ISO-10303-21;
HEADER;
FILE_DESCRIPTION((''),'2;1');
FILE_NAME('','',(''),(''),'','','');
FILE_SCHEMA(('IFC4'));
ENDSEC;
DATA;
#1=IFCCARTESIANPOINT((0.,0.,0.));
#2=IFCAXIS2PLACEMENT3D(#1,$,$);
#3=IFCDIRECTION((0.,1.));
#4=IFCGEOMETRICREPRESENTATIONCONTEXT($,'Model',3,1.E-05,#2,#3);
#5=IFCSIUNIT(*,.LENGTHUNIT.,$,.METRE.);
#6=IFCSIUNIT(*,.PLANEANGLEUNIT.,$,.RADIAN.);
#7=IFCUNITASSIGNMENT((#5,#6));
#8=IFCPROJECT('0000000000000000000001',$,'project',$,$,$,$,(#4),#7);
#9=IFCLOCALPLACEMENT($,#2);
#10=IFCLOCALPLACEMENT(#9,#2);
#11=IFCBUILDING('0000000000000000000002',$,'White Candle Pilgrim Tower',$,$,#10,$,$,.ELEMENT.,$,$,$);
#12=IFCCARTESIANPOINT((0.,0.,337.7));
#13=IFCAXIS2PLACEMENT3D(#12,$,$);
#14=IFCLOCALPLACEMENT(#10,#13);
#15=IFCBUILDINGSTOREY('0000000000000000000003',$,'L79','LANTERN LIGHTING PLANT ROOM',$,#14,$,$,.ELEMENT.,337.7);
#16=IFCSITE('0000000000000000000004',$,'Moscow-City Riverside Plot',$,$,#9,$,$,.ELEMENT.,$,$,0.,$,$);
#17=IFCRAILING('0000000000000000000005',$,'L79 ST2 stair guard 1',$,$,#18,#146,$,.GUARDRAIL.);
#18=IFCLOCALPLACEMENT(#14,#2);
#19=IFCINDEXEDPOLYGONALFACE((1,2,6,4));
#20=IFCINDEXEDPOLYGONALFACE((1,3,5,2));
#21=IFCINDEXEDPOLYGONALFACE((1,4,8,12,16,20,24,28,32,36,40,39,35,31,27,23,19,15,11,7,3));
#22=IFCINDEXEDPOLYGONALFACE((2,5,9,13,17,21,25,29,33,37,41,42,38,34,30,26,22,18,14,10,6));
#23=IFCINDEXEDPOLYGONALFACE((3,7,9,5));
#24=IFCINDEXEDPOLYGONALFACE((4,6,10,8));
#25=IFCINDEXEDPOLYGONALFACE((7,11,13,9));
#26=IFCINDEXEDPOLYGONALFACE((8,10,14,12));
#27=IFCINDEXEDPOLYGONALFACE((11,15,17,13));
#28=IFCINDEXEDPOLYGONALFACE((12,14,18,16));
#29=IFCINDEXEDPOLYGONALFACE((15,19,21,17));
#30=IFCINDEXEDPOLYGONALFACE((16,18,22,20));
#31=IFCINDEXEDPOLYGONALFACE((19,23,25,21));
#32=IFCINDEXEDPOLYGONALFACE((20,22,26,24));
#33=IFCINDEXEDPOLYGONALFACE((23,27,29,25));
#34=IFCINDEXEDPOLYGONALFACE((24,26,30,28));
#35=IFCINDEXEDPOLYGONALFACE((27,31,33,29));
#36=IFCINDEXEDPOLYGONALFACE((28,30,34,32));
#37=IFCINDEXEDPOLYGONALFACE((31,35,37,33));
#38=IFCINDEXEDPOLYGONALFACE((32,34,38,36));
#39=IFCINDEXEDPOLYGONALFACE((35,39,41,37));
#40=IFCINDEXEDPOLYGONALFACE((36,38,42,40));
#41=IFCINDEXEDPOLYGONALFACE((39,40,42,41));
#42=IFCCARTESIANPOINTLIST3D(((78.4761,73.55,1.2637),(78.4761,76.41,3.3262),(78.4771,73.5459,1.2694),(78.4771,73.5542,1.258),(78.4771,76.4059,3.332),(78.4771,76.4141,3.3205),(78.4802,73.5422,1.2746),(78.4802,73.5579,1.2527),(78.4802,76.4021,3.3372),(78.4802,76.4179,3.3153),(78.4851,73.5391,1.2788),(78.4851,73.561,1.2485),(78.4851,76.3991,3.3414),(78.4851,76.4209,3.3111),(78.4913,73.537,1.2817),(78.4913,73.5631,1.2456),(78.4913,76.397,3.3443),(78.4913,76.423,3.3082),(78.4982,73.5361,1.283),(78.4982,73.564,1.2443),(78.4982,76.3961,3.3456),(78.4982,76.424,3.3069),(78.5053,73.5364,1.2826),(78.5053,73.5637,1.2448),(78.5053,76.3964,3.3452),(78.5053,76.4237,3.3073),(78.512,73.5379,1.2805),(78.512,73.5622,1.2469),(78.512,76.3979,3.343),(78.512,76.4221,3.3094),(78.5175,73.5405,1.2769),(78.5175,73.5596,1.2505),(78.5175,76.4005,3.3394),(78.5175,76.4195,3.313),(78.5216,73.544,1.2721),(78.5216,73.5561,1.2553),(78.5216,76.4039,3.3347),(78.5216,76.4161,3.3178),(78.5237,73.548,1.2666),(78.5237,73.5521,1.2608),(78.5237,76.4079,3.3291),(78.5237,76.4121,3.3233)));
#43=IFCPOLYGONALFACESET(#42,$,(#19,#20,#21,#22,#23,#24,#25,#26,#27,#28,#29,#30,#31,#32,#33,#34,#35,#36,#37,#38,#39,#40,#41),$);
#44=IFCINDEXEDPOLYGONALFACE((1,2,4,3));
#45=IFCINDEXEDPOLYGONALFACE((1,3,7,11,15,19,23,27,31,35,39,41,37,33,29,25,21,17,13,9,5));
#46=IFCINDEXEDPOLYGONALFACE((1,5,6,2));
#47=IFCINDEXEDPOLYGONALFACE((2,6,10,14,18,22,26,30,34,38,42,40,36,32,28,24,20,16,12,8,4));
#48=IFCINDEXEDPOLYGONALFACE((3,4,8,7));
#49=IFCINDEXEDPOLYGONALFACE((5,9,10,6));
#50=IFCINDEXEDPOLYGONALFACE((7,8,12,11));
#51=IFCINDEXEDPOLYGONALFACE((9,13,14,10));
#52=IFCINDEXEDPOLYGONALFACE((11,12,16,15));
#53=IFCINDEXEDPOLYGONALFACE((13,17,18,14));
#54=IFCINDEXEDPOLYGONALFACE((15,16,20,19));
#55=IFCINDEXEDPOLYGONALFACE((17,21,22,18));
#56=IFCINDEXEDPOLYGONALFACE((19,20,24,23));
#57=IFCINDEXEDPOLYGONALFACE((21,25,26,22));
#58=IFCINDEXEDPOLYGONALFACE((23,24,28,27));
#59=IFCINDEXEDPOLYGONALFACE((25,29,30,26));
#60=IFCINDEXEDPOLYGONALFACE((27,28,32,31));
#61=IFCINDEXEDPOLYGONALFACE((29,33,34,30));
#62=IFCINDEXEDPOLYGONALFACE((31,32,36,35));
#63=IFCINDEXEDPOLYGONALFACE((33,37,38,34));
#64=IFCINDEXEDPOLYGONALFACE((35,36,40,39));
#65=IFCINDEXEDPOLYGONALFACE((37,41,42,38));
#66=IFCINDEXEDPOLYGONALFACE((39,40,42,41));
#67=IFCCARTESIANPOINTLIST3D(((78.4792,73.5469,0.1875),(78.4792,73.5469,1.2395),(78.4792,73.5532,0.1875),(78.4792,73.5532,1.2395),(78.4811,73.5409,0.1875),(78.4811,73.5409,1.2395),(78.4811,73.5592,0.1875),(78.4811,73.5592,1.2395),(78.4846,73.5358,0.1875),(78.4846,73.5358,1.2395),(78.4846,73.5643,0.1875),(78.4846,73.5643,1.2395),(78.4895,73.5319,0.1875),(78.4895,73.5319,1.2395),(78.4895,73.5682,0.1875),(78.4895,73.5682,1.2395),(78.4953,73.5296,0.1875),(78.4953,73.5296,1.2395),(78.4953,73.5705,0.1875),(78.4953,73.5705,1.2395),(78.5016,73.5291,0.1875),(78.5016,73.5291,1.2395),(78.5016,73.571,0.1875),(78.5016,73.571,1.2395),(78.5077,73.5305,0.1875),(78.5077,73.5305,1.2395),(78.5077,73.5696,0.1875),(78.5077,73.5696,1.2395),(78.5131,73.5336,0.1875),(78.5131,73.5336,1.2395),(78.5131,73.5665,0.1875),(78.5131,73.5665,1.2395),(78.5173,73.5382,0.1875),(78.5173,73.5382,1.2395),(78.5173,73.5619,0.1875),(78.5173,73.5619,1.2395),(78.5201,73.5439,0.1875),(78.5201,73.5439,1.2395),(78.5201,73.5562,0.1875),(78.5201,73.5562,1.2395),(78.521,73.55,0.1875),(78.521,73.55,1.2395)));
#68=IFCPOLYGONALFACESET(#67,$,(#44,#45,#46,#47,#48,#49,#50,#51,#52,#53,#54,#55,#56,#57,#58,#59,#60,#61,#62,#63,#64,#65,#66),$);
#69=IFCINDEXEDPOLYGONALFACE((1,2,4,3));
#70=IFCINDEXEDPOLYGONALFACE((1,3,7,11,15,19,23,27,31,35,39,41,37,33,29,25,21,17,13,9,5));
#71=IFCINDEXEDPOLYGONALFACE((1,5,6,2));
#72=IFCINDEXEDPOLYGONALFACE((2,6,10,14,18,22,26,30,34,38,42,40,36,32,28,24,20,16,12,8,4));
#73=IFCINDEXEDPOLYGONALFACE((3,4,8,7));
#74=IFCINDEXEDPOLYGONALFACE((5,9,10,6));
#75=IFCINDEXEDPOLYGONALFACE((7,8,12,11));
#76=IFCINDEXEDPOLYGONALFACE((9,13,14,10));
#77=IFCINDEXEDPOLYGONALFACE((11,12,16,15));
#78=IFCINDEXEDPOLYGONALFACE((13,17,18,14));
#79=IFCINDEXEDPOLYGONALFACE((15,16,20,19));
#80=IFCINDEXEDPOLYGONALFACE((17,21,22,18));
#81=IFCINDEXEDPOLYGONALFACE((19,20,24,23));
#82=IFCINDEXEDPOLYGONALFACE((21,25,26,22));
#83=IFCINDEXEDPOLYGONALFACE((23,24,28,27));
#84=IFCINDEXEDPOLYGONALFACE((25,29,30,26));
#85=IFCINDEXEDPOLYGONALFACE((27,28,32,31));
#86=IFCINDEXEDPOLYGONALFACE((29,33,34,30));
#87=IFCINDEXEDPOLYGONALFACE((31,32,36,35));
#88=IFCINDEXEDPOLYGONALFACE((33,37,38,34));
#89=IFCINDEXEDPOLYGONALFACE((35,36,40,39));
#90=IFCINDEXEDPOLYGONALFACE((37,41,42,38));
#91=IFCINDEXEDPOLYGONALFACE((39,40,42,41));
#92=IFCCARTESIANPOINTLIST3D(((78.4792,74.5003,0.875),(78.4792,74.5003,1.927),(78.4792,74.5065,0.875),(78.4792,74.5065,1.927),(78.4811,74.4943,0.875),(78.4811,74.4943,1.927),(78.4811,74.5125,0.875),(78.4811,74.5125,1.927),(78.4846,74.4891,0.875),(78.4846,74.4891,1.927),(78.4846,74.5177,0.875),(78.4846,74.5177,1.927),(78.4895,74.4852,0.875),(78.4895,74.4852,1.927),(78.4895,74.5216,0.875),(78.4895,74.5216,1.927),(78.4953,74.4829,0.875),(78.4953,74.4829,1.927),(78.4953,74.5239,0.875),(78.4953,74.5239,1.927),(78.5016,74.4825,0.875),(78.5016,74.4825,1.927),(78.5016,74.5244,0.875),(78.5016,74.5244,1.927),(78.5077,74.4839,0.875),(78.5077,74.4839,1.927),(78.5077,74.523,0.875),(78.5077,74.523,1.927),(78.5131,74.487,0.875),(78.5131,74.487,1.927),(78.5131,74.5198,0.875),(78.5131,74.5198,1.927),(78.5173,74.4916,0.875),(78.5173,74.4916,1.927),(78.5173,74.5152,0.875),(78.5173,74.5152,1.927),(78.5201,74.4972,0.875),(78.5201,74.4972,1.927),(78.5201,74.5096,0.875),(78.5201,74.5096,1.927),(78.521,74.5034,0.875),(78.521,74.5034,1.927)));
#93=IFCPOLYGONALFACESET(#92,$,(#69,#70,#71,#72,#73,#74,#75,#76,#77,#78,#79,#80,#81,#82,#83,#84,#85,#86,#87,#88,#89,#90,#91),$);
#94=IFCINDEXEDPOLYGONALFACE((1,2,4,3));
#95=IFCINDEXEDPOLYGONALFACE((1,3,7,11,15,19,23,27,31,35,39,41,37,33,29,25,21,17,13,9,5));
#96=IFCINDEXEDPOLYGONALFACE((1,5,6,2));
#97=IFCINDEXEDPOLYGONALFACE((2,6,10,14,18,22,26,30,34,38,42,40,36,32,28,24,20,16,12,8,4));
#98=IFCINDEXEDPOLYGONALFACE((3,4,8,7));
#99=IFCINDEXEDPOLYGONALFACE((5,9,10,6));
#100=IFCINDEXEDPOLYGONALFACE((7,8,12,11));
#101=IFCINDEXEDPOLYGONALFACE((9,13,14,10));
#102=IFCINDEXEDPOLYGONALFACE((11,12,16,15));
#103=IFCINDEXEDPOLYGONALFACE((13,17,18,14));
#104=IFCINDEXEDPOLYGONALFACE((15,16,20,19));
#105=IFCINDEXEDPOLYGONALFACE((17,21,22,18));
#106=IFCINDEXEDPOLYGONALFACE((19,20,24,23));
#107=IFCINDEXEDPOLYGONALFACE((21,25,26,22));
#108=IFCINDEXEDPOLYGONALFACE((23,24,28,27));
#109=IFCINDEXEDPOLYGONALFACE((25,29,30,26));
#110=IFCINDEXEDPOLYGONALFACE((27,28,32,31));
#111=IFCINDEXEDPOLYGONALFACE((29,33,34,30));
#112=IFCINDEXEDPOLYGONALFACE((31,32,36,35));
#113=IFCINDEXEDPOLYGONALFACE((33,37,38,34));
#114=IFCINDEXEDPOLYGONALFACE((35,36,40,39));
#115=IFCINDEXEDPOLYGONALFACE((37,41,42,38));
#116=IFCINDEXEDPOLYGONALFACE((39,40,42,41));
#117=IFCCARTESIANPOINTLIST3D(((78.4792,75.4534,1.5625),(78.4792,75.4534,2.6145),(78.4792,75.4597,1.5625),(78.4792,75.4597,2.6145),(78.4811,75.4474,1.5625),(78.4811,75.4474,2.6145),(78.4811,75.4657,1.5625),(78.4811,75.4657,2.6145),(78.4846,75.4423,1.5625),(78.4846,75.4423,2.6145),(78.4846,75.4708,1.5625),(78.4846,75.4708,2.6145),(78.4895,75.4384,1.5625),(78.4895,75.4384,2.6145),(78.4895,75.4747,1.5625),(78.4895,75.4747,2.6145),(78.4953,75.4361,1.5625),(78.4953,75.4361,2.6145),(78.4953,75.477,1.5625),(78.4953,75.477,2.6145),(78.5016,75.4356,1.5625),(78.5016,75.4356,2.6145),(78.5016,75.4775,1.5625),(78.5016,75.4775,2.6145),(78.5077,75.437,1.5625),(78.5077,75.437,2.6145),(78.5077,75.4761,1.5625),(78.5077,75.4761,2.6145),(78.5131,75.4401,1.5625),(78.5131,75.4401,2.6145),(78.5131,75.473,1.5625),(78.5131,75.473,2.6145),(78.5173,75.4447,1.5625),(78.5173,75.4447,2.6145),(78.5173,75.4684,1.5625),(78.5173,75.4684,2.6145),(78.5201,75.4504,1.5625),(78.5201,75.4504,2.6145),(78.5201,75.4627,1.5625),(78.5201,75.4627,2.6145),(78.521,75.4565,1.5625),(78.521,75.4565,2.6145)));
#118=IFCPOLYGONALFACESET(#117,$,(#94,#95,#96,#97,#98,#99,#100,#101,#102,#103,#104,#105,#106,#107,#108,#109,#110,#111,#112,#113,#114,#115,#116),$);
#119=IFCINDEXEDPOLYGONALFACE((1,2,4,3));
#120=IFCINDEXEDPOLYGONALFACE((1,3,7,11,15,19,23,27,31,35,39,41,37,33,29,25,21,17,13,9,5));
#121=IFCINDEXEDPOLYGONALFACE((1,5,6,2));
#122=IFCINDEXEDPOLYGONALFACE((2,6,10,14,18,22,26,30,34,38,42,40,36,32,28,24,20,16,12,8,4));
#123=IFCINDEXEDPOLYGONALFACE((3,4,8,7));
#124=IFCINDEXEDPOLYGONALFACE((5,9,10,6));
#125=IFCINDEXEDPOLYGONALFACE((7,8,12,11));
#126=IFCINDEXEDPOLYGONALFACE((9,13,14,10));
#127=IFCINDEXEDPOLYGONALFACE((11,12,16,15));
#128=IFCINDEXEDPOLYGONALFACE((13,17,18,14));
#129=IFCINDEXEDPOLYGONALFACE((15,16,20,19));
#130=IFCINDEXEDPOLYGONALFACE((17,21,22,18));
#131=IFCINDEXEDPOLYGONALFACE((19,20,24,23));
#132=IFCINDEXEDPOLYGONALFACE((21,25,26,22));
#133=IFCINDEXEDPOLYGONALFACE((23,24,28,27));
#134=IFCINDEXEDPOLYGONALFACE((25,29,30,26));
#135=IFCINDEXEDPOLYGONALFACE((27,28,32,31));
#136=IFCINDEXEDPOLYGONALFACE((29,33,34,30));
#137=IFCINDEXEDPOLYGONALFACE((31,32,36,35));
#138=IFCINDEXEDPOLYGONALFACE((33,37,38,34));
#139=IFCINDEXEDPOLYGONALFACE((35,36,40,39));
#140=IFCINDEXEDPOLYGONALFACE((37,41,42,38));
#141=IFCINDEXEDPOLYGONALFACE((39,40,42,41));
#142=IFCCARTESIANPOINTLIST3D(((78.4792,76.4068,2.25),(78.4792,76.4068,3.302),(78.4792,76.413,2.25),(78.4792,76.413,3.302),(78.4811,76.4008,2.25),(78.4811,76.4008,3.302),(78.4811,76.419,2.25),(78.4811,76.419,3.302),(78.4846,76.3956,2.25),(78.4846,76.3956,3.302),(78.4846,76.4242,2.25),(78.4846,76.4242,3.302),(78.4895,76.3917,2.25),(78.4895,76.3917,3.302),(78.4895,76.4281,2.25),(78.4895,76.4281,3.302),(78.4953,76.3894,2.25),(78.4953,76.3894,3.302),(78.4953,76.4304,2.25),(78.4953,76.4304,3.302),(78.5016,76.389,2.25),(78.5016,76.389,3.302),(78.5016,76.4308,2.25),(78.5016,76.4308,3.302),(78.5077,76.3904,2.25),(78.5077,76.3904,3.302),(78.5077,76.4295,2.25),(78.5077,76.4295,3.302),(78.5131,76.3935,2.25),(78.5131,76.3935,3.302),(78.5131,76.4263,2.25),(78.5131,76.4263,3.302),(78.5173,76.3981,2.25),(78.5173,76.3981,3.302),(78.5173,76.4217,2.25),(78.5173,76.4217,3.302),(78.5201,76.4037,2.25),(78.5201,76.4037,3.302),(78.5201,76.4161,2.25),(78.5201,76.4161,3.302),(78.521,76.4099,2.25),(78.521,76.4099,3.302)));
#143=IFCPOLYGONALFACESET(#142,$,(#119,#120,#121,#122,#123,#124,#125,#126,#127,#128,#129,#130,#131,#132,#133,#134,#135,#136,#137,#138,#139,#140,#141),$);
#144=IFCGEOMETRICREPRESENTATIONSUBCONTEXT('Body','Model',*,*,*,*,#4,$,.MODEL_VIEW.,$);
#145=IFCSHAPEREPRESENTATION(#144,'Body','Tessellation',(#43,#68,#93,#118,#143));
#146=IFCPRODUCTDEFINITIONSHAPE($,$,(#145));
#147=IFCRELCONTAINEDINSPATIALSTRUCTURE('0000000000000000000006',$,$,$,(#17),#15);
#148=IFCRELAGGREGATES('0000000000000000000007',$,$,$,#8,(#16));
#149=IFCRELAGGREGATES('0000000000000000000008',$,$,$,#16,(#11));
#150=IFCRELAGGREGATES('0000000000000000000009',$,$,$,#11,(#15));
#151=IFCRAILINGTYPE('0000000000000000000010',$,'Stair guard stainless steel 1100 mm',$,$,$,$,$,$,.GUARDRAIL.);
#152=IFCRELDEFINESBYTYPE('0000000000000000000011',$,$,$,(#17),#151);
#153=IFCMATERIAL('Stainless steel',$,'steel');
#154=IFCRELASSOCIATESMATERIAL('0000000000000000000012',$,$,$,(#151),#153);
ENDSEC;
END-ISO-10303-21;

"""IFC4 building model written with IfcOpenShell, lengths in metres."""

from ifc_helpers import new_model, si_unit, direction, frame, origin, origin_2d, place, context, subcontext, project, spatial, circle, extrude, material, type_object, element, save


model = new_model("IFC4")

# Units and contexts
model_context = context("Model", 3, precision=1e-05, world=origin(), true_north=direction((0.0, 1.0)))
body_context = subcontext(model_context, "Body", "Model", "MODEL_VIEW")
ifc_project = project(units=[si_unit("LENGTHUNIT", "METRE"), si_unit("PLANEANGLEUNIT", "RADIAN")], contexts=[model_context])

# Site, building, storey
site_placement = place(None, origin())
site = spatial("IfcSite", under=ifc_project, at=site_placement, Name="Moscow-City Riverside Plot", CompositionType="ELEMENT", RefElevation=0.0)
building_placement = place(site_placement, origin())
building = spatial("IfcBuilding", under=site, at=building_placement, Name="White Candle Pilgrim Tower", CompositionType="ELEMENT")
storey_placement = place(building_placement, frame((0.0, 0.0, 337.7)))
storey = spatial("IfcBuildingStorey", under=building, at=storey_placement, Name="L79", Description="LANTERN LIGHTING PLANT ROOM", CompositionType="ELEMENT", Elevation=337.7)

# Railing
ifc_material_1 = material(Name="Stainless steel", Category="steel")
railing_type = type_object("IfcRailingType", Name="Stair guard stainless steel 1100 mm", PredefinedType="GUARDRAIL", material=ifc_material_1)
railing_1_placement = place(storey_placement, frame((78.5, 73.55, 0.1875)))
element("IfcRailing", 1, at=railing_1_placement, inside=storey, type_object=railing_type, Name="L79 ST2 stair guard 1", PredefinedType="GUARDRAIL", context=body_context, shape_type="SweptSolid", body=[
    extrude(circle(Radius=0.0239, at=origin_2d()), frame((0.0, 0.0, 1.0762), z_axis=(0.0, 0.811077, 0.584939), x_axis=(-1.0, 0.0, 0.0)), (0.0, 0.0, 1.0), 3.5261),
    extrude(circle(Radius=0.021, at=origin_2d()), origin(), (0.0, 0.0, 1.0), 1.052),
    extrude(circle(Radius=0.021, at=origin_2d()), frame((0.0, 0.9534, 0.6875)), (0.0, 0.0, 1.0), 1.052),
    extrude(circle(Radius=0.021, at=origin_2d()), frame((0.0, 1.9065, 1.375)), (0.0, 0.0, 1.0), 1.052),
    extrude(circle(Radius=0.021, at=origin_2d()), frame((0.0, 2.8599, 2.0625)), (0.0, 0.0, 1.0), 1.052),
])

save(model, "model.ifc")
